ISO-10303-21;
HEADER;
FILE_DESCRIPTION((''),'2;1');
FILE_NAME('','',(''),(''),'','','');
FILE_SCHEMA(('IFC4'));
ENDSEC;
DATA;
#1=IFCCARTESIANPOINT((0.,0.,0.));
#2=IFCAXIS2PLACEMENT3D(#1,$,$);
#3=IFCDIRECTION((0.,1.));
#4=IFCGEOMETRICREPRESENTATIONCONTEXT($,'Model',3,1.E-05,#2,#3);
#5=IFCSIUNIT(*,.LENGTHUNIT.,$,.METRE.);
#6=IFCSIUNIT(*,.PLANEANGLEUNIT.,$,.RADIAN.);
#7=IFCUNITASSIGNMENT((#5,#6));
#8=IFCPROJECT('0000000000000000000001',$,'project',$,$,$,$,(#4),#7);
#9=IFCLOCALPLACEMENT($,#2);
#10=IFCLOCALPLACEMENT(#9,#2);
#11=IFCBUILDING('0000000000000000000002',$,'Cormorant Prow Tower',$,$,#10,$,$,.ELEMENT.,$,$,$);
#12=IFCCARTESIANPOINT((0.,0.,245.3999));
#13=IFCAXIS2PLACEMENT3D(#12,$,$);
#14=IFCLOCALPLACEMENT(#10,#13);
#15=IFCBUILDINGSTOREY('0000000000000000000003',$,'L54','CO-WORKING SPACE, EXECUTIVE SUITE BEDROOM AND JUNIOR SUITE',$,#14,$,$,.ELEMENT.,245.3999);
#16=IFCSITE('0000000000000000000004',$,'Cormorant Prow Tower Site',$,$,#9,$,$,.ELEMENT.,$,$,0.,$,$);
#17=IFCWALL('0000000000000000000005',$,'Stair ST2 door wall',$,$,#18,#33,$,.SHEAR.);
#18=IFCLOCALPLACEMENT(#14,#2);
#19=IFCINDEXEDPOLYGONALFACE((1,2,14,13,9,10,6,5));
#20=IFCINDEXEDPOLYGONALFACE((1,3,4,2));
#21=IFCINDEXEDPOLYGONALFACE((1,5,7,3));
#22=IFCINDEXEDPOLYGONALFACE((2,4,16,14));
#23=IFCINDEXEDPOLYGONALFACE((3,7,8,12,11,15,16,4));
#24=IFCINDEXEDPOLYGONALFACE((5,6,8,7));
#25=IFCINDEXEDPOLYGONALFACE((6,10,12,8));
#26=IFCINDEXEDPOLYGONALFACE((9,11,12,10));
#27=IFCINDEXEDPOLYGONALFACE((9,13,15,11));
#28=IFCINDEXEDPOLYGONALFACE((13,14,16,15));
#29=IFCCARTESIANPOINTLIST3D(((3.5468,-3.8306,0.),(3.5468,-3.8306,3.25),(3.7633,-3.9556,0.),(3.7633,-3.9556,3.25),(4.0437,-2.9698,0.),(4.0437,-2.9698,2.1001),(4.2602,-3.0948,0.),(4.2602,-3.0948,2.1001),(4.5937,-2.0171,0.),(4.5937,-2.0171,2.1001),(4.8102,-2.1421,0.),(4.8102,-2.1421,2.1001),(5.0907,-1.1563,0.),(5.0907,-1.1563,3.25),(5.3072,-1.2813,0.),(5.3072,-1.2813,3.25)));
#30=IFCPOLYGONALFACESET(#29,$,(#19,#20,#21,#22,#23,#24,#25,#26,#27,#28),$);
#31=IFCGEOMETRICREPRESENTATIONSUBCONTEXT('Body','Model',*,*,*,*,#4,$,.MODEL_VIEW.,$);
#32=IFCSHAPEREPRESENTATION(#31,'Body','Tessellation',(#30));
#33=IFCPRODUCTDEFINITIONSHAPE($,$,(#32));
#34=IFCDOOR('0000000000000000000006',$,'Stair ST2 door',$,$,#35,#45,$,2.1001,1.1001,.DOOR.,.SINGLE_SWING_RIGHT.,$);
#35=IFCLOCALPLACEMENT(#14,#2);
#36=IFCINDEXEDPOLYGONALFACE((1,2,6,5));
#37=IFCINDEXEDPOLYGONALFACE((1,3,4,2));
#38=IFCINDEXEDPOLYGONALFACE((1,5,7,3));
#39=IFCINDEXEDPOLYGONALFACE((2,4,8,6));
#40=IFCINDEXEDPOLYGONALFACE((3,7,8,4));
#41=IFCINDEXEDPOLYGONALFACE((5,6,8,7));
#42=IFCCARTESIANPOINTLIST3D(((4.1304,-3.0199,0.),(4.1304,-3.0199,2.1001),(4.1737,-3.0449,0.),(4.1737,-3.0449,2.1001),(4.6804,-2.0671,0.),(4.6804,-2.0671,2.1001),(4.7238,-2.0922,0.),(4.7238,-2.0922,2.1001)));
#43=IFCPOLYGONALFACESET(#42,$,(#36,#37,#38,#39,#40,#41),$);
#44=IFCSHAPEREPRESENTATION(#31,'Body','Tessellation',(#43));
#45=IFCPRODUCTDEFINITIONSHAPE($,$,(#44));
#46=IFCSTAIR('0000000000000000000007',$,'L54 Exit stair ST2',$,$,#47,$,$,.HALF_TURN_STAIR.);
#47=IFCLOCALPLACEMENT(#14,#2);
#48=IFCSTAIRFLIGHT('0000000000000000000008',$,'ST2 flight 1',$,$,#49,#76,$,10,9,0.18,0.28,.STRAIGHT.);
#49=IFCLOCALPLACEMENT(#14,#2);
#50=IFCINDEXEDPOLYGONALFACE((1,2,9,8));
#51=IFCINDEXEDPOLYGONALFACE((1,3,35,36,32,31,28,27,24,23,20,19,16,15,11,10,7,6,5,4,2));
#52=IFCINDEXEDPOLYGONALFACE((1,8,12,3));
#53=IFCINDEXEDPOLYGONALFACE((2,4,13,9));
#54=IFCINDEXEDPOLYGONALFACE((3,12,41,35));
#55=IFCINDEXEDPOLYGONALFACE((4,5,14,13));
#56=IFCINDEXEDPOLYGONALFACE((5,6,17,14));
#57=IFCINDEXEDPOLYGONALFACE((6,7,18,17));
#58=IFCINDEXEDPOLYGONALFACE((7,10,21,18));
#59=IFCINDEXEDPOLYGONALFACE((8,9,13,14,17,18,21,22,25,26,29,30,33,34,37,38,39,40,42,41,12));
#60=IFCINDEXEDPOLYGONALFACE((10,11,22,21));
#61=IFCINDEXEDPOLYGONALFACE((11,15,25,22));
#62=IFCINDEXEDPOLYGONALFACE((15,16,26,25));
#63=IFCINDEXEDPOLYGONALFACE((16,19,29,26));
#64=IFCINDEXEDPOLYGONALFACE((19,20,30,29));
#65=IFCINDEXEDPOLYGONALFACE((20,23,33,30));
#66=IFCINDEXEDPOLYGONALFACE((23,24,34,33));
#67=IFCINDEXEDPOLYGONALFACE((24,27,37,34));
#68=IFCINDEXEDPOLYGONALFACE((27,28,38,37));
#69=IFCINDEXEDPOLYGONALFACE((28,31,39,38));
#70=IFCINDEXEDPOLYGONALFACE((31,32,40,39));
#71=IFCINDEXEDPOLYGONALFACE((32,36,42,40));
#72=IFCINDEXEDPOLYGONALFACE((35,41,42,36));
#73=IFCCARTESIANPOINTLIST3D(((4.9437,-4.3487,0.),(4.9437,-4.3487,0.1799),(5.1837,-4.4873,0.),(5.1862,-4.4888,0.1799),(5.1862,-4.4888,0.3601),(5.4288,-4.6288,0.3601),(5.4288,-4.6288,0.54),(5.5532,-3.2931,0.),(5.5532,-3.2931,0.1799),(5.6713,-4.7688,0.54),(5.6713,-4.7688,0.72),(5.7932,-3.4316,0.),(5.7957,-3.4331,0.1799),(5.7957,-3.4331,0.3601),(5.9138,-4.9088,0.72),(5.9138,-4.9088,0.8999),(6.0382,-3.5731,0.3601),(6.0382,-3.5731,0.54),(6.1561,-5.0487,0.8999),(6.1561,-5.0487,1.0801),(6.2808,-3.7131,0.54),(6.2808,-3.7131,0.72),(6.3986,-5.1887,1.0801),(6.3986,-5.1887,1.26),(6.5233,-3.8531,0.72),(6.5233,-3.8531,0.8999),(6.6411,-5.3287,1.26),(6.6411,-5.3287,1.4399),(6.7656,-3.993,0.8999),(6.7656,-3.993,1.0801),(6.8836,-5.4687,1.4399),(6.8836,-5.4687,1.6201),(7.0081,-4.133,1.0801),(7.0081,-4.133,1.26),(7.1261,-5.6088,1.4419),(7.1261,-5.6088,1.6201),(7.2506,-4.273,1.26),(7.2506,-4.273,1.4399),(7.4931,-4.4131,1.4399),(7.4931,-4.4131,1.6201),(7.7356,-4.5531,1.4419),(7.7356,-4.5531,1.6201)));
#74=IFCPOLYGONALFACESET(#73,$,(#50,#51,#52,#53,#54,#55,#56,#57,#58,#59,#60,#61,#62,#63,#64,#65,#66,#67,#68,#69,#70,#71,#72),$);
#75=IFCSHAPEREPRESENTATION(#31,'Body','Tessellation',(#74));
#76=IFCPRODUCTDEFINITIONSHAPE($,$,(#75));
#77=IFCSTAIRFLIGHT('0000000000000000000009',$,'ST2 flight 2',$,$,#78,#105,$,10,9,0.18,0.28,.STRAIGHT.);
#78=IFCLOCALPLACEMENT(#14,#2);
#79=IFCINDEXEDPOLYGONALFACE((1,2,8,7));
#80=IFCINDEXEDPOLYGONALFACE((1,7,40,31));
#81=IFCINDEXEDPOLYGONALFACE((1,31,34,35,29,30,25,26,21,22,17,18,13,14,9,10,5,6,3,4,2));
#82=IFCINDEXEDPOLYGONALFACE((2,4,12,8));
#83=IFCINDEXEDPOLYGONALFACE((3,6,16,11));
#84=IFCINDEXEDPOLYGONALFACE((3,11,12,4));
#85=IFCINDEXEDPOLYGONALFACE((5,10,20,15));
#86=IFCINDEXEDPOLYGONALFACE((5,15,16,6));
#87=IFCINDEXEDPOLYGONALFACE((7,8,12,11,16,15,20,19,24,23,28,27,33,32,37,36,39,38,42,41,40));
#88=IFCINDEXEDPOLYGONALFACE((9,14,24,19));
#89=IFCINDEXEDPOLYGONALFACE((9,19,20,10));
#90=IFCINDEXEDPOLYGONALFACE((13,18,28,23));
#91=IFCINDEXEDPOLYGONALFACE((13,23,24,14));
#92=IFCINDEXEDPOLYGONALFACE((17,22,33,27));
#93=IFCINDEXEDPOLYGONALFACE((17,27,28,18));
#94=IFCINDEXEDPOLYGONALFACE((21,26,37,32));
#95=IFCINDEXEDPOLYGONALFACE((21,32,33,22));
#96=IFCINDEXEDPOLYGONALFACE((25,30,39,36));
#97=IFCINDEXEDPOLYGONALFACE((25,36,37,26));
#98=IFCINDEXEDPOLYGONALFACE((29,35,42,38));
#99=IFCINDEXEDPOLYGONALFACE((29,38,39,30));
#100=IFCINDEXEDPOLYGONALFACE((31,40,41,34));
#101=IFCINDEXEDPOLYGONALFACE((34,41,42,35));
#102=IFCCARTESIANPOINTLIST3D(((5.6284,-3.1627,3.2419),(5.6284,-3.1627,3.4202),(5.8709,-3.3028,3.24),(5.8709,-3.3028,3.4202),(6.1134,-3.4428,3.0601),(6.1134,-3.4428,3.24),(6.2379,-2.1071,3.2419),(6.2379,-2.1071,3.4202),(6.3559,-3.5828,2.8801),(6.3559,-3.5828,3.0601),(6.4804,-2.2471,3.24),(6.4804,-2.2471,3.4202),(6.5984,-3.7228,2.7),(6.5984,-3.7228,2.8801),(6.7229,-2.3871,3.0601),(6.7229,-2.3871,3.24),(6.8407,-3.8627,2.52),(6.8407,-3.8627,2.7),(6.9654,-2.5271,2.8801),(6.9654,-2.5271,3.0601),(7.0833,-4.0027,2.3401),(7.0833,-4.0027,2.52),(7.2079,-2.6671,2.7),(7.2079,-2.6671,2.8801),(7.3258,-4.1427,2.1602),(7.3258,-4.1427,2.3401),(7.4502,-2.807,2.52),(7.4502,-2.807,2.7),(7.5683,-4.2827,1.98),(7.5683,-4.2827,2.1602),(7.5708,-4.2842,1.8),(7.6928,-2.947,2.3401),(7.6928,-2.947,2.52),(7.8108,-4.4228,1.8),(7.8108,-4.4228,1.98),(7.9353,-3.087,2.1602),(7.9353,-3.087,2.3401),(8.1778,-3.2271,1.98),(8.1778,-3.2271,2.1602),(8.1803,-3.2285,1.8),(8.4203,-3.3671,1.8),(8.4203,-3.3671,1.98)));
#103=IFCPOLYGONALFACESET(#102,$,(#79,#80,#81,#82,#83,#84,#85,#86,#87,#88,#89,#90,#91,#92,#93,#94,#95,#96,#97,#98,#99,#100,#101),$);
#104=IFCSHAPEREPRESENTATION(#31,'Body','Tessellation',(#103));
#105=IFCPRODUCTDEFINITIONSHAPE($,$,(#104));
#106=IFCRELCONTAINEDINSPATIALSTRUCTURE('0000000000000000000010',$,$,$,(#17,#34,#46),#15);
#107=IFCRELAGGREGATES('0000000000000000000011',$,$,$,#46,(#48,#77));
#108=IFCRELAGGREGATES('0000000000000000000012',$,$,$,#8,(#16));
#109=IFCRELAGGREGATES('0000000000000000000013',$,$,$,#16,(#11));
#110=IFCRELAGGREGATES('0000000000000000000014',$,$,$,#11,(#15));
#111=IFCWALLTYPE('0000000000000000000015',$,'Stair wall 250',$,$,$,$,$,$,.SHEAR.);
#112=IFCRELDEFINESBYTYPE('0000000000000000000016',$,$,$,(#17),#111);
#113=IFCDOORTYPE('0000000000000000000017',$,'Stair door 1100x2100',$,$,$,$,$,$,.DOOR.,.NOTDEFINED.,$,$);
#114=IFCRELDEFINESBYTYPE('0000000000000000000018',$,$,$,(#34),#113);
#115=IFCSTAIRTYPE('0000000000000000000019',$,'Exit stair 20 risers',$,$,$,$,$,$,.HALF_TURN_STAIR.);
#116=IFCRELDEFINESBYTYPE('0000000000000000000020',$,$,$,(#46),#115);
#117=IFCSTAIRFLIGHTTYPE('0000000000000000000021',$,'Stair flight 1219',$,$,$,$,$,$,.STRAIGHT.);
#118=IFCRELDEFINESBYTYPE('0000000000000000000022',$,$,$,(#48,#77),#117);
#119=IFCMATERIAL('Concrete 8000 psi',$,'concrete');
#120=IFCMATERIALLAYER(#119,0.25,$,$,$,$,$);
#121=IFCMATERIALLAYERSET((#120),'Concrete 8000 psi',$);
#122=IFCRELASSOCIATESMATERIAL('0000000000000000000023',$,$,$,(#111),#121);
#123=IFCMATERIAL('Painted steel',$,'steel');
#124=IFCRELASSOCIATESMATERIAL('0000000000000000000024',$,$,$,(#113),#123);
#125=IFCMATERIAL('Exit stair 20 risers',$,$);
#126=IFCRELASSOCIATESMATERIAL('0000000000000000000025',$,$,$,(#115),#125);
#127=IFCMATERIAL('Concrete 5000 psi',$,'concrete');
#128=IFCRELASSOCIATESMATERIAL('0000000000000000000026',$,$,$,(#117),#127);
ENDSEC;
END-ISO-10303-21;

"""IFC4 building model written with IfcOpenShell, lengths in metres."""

from ifc_helpers import new_model, si_unit, direction, frame, frame_2d, origin, place, context, subcontext, project, spatial, polyline, rectangle, outline, extrude, material, layer, layer_set, type_object, element, fill, aggregate, save


model = new_model("IFC4")

# Units and contexts
model_context = context("Model", 3, precision=1e-05, world=origin(), true_north=direction((0.0, 1.0)))
body_context = subcontext(model_context, "Body", "Model", "MODEL_VIEW")
ifc_project = project(units=[si_unit("LENGTHUNIT", "METRE"), si_unit("PLANEANGLEUNIT", "RADIAN")], contexts=[model_context])

# Site, building, storey
site_placement = place(None, origin())
site = spatial("IfcSite", under=ifc_project, at=site_placement, Name="Cormorant Prow Tower Site", CompositionType="ELEMENT", RefElevation=0.0)
building_placement = place(site_placement, origin())
building = spatial("IfcBuilding", under=site, at=building_placement, Name="Cormorant Prow Tower", CompositionType="ELEMENT")
storey_placement = place(building_placement, frame((0.0, 0.0, 245.3999)))
storey = spatial("IfcBuildingStorey", under=building, at=storey_placement, Name="L54", Description="CO-WORKING SPACE, EXECUTIVE SUITE BEDROOM AND JUNIOR SUITE", CompositionType="ELEMENT", Elevation=245.3999)

# Wall, opening, door
ifc_material_1 = material(Name="Concrete 8000 psi", Category="concrete")
ifc_layer_1 = layer(ifc_material_1, 0.25)
ifc_layer_set_1 = layer_set([ifc_layer_1], Name="Concrete 8000 psi")
wall_type_1 = type_object("IfcWallType", Name="Stair wall 250", PredefinedType="SHEAR", material=ifc_layer_set_1)
wall_1_placement = place(storey_placement, frame((3.655, -3.8931, 0.0), z_axis=(0.0, 0.0, 1.0), x_axis=(0.499983, 0.866035, 0.0)))
wall_1 = element("IfcWall", 1, at=wall_1_placement, inside=storey, type_object=wall_type_1, Name="Stair ST2 door wall", PredefinedType="SHEAR", context=body_context, shape_type="SweptSolid", body=[
    extrude(rectangle(XDim=3.0879, YDim=0.25, at=frame_2d((1.5439, 0.0))), origin(), (0.0, 0.0, 1.0), 3.25),
])
opening_1_placement = place(wall_1_placement, frame((0.9939, 0.0, 0.0)))
opening_1 = element("IfcOpeningElement", 2, at=opening_1_placement, cuts=wall_1, PredefinedType="OPENING", context=body_context, shape_type="SweptSolid", body=[
    extrude(rectangle(XDim=1.1001, YDim=2.1001, at=frame_2d((0.55, 1.05))), frame((0.0, 0.135, 0.0), z_axis=(0.0, -1.0, 0.0), x_axis=(1.0, 0.0, 0.0)), (0.0, 0.0, 1.0), 0.27),
])
ifc_material_2 = material(Name="Painted steel", Category="steel")
door_type_1 = type_object("IfcDoorType", Name="Stair door 1100x2100", OperationType="NOTDEFINED", PredefinedType="DOOR", material=ifc_material_2)
door_1_placement = place(opening_1_placement, origin())
door_1 = element("IfcDoor", 3, at=door_1_placement, inside=storey, type_object=door_type_1, Name="Stair ST2 door", OperationType="SINGLE_SWING_RIGHT", OverallHeight=2.1001, OverallWidth=1.1001, PredefinedType="DOOR", context=body_context, shape_type="SweptSolid", body=[
    extrude(rectangle(XDim=1.1001, YDim=2.1001, at=frame_2d((0.55, 1.05))), frame((0.0, 0.0249, 0.0), z_axis=(0.0, -1.0, 0.0), x_axis=(1.0, 0.0, 0.0)), (0.0, 0.0, 1.0), 0.05),
])
fill(opening_1, door_1)

# Stair, stair flights
ifc_material_3 = material(Name="Exit stair 20 risers")
stair_type = type_object("IfcStairType", Name="Exit stair 20 risers", PredefinedType="HALF_TURN_STAIR", material=ifc_material_3)
stair_placement = place(storey_placement, origin())
stair = element("IfcStair", 4, at=stair_placement, inside=storey, type_object=stair_type, Name="L54 Exit stair ST2", PredefinedType="HALF_TURN_STAIR")
ifc_material_4 = material(Name="Concrete 5000 psi", Category="concrete")
stair_flight_type = type_object("IfcStairFlightType", Name="Stair flight 1219", PredefinedType="STRAIGHT", material=ifc_material_4)
stair_flight_1_placement = place(storey_placement, frame((5.2485, -3.8208, 0.0), z_axis=(0.0, 0.0, 1.0), x_axis=(0.866025, -0.5, 0.0)))
stair_flight_1 = element("IfcStairFlight", 5, at=stair_flight_1_placement, type_object=stair_flight_type, Name="ST2 flight 1", NumberOfRisers=10, NumberOfTreads=9, PredefinedType="STRAIGHT", RiserHeight=0.18, TreadLength=0.28, context=body_context, shape_type="SweptSolid", body=[
    extrude(outline(polyline([(0.0, 0.0), (0.0, 0.1799), (0.28, 0.1799), (0.28, 0.3601), (0.5601, 0.3601), (0.5601, 0.54), (0.8401, 0.54), (0.8401, 0.72), (1.1201, 0.72), (1.1201, 0.8999), (1.3999, 0.8999), (1.3999, 1.0801), (1.6799, 1.0801), (1.6799, 1.26), (1.96, 1.26), (1.96, 1.4399), (2.24, 1.4399), (2.24, 1.6201), (2.52, 1.6201), (2.52, 1.8), (2.52, 1.4419), (0.2771, 0.0), (0.0, 0.0)])), frame((0.0, 0.6094, 0.0), z_axis=(0.0, -1.0, 0.0), x_axis=(1.0, 0.0, 0.0)), (0.0, 0.0, 1.0), 1.219),
])
stair_flight_2_placement = place(storey_placement, frame((8.1155, -3.895, 1.8), z_axis=(0.0, 0.0, 1.0), x_axis=(-0.866025, 0.5, 0.0)))
stair_flight_2 = element("IfcStairFlight", 6, at=stair_flight_2_placement, type_object=stair_flight_type, Name="ST2 flight 2", NumberOfRisers=10, NumberOfTreads=9, PredefinedType="STRAIGHT", RiserHeight=0.18, TreadLength=0.28, context=body_context, shape_type="SweptSolid", body=[
    extrude(outline(polyline([(0.0, 0.0), (0.0, 0.1799), (0.28, 0.1799), (0.28, 0.3601), (0.5601, 0.3601), (0.5601, 0.54), (0.8401, 0.54), (0.8401, 0.72), (1.1201, 0.72), (1.1201, 0.8999), (1.3999, 0.8999), (1.3999, 1.0801), (1.6799, 1.0801), (1.6799, 1.26), (1.96, 1.26), (1.96, 1.4399), (2.24, 1.4399), (2.24, 1.6201), (2.52, 1.6201), (2.52, 1.8), (2.52, 1.4419), (0.2771, 0.0), (0.0, 0.0)])), frame((0.0, 0.6094, 0.0), z_axis=(0.0, -1.0, 0.0), x_axis=(1.0, 0.0, 0.0)), (0.0, 0.0, 1.0), 1.219),
])
aggregate(stair, [stair_flight_1, stair_flight_2])

save(model, "model.ifc")
